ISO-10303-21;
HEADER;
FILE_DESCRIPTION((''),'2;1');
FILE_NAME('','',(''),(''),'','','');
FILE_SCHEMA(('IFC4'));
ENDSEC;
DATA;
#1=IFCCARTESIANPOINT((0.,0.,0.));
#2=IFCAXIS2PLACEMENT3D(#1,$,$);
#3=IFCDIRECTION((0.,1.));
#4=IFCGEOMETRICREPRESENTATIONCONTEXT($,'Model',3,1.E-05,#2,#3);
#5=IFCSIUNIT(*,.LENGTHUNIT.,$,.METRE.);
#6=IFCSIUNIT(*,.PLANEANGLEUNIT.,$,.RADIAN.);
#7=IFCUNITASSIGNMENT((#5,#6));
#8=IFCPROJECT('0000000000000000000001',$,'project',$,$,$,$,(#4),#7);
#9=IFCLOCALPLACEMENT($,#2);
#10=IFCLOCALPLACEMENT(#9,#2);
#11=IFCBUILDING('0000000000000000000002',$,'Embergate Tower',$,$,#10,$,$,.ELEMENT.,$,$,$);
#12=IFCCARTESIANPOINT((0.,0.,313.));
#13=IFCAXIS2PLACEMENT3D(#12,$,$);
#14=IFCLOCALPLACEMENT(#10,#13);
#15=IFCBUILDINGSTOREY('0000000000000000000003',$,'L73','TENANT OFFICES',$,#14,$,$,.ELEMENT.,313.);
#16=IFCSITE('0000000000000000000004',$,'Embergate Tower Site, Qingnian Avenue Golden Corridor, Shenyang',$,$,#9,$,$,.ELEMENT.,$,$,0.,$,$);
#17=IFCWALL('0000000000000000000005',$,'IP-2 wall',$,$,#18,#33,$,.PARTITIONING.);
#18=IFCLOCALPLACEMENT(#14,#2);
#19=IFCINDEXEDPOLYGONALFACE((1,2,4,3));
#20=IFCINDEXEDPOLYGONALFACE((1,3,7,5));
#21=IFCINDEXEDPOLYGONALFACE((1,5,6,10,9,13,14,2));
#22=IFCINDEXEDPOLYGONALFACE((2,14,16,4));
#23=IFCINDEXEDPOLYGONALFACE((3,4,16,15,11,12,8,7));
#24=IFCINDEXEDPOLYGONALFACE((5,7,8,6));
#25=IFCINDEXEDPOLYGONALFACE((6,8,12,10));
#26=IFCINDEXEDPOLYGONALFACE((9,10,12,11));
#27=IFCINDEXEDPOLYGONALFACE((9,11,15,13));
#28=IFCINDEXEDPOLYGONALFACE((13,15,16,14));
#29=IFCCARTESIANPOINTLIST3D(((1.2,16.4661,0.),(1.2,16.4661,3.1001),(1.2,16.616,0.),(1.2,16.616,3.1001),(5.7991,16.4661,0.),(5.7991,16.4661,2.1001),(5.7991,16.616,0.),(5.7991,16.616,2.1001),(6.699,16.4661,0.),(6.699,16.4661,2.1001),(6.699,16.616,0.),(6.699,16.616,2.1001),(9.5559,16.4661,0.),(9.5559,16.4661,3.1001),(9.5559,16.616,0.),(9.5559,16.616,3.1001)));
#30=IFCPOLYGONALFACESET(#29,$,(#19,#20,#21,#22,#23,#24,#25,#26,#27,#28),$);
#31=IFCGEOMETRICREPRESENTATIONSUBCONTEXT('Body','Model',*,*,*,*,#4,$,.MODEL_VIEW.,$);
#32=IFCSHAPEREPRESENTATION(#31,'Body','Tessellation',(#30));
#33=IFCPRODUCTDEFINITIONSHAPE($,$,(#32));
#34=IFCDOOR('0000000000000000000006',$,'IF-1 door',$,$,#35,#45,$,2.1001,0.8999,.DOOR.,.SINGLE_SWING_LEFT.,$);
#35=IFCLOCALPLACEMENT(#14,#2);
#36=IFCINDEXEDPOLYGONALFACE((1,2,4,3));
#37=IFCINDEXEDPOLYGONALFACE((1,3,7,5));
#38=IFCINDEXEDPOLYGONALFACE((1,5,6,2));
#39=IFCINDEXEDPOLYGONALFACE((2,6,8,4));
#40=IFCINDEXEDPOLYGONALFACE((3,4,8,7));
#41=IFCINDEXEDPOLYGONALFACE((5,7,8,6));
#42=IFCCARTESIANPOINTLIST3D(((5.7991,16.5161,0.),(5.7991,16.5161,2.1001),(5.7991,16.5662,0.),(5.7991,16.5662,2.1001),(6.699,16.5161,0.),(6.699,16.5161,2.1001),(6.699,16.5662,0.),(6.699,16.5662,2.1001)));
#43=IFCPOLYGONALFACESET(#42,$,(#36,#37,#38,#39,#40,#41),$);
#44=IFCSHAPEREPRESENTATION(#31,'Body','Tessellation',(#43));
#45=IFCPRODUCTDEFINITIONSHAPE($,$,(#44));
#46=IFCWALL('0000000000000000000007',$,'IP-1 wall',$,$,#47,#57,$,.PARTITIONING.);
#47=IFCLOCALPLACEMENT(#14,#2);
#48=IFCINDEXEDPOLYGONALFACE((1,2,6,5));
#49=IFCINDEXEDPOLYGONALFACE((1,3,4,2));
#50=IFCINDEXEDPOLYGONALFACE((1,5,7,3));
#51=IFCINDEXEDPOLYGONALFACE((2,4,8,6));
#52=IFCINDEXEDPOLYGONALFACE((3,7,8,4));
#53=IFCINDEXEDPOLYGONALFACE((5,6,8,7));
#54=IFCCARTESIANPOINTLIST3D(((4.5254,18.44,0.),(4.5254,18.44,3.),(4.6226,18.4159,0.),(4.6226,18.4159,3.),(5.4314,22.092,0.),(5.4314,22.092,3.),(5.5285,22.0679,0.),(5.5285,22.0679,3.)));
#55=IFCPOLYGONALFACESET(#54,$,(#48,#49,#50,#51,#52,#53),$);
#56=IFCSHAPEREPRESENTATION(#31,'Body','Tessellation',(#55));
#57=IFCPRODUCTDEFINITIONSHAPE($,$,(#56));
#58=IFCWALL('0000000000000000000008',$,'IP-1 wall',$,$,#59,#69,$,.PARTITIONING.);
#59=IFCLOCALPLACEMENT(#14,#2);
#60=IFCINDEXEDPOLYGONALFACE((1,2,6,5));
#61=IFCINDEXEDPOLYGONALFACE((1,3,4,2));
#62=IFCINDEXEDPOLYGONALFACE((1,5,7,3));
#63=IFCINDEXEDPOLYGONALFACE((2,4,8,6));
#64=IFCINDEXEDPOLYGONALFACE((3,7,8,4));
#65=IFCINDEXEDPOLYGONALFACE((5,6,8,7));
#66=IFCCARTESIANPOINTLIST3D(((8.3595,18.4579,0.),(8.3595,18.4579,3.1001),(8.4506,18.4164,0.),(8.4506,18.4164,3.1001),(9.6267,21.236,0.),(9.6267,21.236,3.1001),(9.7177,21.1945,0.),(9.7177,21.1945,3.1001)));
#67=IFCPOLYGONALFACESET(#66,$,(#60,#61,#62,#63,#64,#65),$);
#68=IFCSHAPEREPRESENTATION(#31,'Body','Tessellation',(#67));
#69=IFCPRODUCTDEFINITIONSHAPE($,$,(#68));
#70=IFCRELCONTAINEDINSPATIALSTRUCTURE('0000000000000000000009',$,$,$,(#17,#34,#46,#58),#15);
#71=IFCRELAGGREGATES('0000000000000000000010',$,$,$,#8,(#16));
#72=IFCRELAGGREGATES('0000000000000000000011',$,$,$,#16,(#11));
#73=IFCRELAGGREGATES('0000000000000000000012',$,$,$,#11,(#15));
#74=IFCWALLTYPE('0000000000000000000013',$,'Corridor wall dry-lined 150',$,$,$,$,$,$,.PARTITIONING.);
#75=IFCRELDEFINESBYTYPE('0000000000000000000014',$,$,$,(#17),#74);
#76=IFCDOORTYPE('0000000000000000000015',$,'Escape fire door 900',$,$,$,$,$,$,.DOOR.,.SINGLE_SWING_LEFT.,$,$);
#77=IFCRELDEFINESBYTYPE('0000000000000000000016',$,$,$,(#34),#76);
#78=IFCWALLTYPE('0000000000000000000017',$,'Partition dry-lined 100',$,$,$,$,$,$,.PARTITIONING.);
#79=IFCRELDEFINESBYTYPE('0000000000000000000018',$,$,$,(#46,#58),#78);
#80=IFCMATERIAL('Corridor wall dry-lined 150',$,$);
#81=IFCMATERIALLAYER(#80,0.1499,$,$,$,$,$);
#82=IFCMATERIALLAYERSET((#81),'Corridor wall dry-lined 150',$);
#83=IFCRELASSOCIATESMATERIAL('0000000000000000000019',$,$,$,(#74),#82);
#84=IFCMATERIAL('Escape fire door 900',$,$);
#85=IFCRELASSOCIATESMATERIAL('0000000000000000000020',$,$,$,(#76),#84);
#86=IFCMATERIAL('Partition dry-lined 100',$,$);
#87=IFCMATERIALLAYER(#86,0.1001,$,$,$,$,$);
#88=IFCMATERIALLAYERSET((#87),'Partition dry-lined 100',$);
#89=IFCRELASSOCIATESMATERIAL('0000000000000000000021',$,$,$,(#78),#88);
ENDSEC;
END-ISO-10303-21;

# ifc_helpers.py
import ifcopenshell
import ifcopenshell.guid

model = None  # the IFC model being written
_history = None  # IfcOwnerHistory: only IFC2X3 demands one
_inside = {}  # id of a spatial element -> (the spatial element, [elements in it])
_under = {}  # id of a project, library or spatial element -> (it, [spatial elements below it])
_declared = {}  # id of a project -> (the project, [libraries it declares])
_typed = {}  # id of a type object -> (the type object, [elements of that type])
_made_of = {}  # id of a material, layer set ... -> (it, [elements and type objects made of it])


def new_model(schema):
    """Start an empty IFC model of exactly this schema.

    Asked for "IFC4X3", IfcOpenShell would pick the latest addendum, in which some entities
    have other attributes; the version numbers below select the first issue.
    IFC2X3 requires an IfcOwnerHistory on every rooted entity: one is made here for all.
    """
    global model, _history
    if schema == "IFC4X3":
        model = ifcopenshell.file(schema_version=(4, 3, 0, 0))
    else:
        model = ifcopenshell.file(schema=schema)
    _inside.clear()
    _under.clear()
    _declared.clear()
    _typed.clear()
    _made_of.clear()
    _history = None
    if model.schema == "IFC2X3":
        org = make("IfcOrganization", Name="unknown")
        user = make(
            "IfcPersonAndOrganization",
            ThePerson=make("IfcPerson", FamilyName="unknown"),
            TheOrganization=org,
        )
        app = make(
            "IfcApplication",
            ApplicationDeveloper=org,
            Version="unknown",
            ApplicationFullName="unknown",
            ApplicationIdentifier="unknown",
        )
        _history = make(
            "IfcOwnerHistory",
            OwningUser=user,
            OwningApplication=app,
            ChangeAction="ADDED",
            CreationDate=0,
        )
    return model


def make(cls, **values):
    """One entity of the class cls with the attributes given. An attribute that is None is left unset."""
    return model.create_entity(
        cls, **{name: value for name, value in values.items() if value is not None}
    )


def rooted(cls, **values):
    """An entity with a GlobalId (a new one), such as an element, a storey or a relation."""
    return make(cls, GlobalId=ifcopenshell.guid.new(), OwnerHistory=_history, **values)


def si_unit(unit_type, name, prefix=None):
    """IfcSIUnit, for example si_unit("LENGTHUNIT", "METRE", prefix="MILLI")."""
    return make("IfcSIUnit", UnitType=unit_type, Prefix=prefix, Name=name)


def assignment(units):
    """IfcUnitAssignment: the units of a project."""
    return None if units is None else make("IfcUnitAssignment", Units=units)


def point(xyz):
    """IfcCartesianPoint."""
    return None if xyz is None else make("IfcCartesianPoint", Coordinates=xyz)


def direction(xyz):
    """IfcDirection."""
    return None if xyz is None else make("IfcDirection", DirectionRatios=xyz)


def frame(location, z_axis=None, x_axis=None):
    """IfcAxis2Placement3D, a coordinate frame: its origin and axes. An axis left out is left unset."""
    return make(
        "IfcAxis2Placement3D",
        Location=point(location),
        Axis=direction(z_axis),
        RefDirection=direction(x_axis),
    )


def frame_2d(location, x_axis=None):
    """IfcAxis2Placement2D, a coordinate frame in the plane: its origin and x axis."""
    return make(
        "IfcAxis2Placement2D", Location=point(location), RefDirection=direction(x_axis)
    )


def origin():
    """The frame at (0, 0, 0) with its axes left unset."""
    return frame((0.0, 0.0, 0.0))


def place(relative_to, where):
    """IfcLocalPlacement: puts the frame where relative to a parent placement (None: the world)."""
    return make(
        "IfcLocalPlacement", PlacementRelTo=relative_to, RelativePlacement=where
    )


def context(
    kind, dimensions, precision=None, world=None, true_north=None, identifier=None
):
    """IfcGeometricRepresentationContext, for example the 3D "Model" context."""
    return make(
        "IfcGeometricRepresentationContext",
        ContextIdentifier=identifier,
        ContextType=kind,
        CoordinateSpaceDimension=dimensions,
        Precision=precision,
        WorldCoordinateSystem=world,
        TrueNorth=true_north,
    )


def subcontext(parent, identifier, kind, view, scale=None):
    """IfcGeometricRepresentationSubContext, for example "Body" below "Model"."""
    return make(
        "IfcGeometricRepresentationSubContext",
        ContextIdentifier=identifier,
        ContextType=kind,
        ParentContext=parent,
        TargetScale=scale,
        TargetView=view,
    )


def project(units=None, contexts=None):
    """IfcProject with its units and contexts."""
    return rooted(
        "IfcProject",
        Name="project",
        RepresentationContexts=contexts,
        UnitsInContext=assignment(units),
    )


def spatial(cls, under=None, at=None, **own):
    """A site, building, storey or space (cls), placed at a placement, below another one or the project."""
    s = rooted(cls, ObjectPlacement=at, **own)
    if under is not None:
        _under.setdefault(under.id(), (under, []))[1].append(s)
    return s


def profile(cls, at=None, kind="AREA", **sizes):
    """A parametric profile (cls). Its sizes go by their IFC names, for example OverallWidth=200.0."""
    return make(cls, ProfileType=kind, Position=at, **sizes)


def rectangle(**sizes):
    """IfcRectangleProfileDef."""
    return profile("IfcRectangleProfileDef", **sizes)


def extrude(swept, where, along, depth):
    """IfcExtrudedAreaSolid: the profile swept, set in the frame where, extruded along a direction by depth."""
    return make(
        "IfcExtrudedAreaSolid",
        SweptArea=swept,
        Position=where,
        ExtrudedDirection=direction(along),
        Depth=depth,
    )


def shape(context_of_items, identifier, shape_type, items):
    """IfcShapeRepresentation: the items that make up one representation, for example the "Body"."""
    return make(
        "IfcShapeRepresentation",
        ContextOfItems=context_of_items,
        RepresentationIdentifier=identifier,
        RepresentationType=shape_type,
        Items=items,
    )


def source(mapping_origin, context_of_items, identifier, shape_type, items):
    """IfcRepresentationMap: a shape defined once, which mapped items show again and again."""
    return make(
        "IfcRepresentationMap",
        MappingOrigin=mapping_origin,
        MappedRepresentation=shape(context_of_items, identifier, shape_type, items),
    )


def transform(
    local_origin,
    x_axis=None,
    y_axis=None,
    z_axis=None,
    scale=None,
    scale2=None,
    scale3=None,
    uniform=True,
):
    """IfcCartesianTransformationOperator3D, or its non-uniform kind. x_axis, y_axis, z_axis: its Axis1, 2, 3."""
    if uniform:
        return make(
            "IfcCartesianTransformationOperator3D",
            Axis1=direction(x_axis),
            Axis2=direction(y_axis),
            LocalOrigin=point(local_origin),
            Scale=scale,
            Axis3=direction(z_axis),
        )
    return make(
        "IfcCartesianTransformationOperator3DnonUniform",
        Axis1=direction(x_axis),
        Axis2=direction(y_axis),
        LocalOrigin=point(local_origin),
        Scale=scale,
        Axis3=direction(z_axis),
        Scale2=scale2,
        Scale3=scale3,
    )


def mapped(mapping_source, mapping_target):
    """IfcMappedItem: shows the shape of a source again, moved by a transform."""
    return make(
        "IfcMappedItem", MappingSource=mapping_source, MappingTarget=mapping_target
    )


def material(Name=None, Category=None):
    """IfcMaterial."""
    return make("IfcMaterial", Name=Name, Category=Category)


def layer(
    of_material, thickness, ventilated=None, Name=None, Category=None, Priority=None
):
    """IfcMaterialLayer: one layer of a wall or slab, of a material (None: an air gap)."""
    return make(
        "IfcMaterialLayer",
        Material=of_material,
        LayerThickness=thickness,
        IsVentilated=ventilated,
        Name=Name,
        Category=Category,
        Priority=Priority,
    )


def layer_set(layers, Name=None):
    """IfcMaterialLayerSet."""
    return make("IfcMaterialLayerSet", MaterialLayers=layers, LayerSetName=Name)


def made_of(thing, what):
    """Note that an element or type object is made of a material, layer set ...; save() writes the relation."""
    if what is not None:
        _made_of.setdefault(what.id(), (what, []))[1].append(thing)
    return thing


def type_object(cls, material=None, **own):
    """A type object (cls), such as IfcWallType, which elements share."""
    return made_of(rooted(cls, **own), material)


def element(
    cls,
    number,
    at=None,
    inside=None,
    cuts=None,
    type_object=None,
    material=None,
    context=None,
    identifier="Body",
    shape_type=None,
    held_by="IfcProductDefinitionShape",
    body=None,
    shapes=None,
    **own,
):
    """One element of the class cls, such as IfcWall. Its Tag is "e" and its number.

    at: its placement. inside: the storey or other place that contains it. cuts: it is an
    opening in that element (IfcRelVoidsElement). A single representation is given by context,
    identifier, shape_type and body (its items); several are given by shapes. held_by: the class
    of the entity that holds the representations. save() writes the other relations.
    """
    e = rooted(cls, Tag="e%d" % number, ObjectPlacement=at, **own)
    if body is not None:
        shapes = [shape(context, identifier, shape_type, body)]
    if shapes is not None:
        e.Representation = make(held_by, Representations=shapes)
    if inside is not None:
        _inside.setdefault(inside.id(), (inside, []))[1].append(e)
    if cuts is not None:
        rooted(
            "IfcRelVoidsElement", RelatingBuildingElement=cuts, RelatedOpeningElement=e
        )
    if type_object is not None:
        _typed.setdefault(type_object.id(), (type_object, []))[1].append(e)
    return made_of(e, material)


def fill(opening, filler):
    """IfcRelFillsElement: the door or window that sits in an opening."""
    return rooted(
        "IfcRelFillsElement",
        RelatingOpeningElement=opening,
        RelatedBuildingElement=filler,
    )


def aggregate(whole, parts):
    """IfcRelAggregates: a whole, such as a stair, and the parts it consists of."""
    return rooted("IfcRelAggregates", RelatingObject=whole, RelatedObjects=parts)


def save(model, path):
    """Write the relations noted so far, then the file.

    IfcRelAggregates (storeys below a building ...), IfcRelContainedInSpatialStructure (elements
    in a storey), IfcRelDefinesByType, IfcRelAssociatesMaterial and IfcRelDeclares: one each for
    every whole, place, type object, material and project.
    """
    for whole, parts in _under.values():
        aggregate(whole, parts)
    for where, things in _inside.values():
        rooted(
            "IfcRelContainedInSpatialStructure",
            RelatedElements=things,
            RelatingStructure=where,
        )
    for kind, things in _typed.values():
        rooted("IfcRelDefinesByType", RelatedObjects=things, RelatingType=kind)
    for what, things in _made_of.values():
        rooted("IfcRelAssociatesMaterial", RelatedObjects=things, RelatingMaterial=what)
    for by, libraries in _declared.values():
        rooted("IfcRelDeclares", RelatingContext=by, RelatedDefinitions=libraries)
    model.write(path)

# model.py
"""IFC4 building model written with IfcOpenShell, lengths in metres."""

from ifc_helpers import new_model, si_unit, direction, frame, frame_2d, origin, place, context, subcontext, project, spatial, rectangle, extrude, source, transform, mapped, material, layer, layer_set, type_object, element, fill, save


model = new_model("IFC4")

# Units and contexts
model_context = context("Model", 3, precision=1e-05, world=origin(), true_north=direction((0.0, 1.0)))
body_context = subcontext(model_context, "Body", "Model", "MODEL_VIEW")
ifc_project = project(units=[si_unit("LENGTHUNIT", "METRE"), si_unit("PLANEANGLEUNIT", "RADIAN")], contexts=[model_context])

# Site, building, storey
site_placement = place(None, origin())
site = spatial("IfcSite", under=ifc_project, at=site_placement, Name="Embergate Tower Site, Qingnian Avenue Golden Corridor, Shenyang", CompositionType="ELEMENT", RefElevation=0.0)
building_placement = place(site_placement, origin())
building = spatial("IfcBuilding", under=site, at=building_placement, Name="Embergate Tower", CompositionType="ELEMENT")
storey_placement = place(building_placement, frame((0.0, 0.0, 313.0)))
storey = spatial("IfcBuildingStorey", under=building, at=storey_placement, Name="L73", Description="TENANT OFFICES", CompositionType="ELEMENT", Elevation=313.0)

# Shared definitions
ifc_material_1 = material(Name="Corridor wall dry-lined 150")
ifc_layer_1 = layer(ifc_material_1, 0.1499)
ifc_layer_set_1 = layer_set([ifc_layer_1], Name="Corridor wall dry-lined 150")
wall_type_1 = type_object("IfcWallType", Name="Corridor wall dry-lined 150", PredefinedType="PARTITIONING", material=ifc_layer_set_1)
shared_shape_1 = source(origin(), body_context, "Body", "SweptSolid", [
    extrude(rectangle(XDim=0.8999, YDim=2.1001, at=frame_2d((0.45, 1.05))), frame((0.0, 0.085, 0.0), z_axis=(0.0, -1.0, 0.0), x_axis=(1.0, 0.0, 0.0)), (0.0, 0.0, 1.0), 0.1699),
])
ifc_material_2 = material(Name="Escape fire door 900")
door_type_1 = type_object("IfcDoorType", Name="Escape fire door 900", OperationType="SINGLE_SWING_LEFT", PredefinedType="DOOR", material=ifc_material_2)
shared_shape_2 = source(origin(), body_context, "Body", "SweptSolid", [
    extrude(rectangle(XDim=0.8999, YDim=2.1001, at=frame_2d((0.45, 1.05))), frame((0.0, 0.0249, 0.0), z_axis=(0.0, -1.0, 0.0), x_axis=(1.0, 0.0, 0.0)), (0.0, 0.0, 1.0), 0.05),
])

# Wall, opening, door
shared_shape_3 = source(origin(), body_context, "Body", "SweptSolid", [
    extrude(rectangle(XDim=8.356, YDim=0.1499, at=frame_2d((4.178, 0.0))), origin(), (0.0, 0.0, 1.0), 3.1001),
])
wall_1_placement = place(storey_placement, frame((9.5559, 16.541, 0.0), z_axis=(0.0, 0.0, 1.0), x_axis=(-1.0, 0.0, 0.0)))
wall_1 = element("IfcWall", 1, at=wall_1_placement, inside=storey, type_object=wall_type_1, Name="IP-2 wall", PredefinedType="PARTITIONING", context=body_context, shape_type="MappedRepresentation", body=[
    mapped(shared_shape_3, transform((0.0, 0.0, 0.0))),
])
opening_1_placement = place(wall_1_placement, frame((2.8569, 0.0, 0.0)))
opening_1 = element("IfcOpeningElement", 2, at=opening_1_placement, cuts=wall_1, PredefinedType="OPENING", context=body_context, shape_type="MappedRepresentation", body=[
    mapped(shared_shape_1, transform((0.0, 0.0, 0.0))),
])
door_1_placement = place(opening_1_placement, origin())
door_1 = element("IfcDoor", 3, at=door_1_placement, inside=storey, type_object=door_type_1, Name="IF-1 door", OperationType="SINGLE_SWING_LEFT", OverallHeight=2.1001, OverallWidth=0.8999, PredefinedType="DOOR", context=body_context, shape_type="MappedRepresentation", body=[
    mapped(shared_shape_2, transform((0.0, 0.0, 0.0))),
])
fill(opening_1, door_1)

# Walls
ifc_material_3 = material(Name="Partition dry-lined 100")
ifc_layer_2 = layer(ifc_material_3, 0.1001)
ifc_layer_set_2 = layer_set([ifc_layer_2], Name="Partition dry-lined 100")
wall_type_2 = type_object("IfcWallType", Name="Partition dry-lined 100", PredefinedType="PARTITIONING", material=ifc_layer_set_2)
shared_shape_4 = source(origin(), body_context, "Body", "SweptSolid", [
    extrude(rectangle(XDim=3.7627, YDim=0.1001, at=frame_2d((1.8813, 0.0))), origin(), (0.0, 0.0, 1.0), 3.0),
])
wall_2_placement = place(storey_placement, frame((4.574, 18.428, 0.0), z_axis=(0.0, 0.0, 1.0), x_axis=(0.24078, 0.97058, 0.0)))
element("IfcWall", 4, at=wall_2_placement, inside=storey, type_object=wall_type_2, Name="IP-1 wall", PredefinedType="PARTITIONING", context=body_context, shape_type="MappedRepresentation", body=[
    mapped(shared_shape_4, transform((0.0, 0.0, 0.0))),
])
shared_shape_5 = source(origin(), body_context, "Body", "SweptSolid", [
    extrude(rectangle(XDim=3.0535, YDim=0.1001, at=frame_2d((1.5269, 0.0))), origin(), (0.0, 0.0, 1.0), 3.1001),
])
wall_3_placement = place(storey_placement, frame((8.405, 18.437, 0.0), z_axis=(0.0, 0.0, 1.0), x_axis=(0.414977, 0.909832, 0.0)))
element("IfcWall", 5, at=wall_3_placement, inside=storey, type_object=wall_type_2, Name="IP-1 wall", PredefinedType="PARTITIONING", context=body_context, shape_type="MappedRepresentation", body=[
    mapped(shared_shape_5, transform((0.0, 0.0, 0.0))),
])

save(model, "model.ifc")
